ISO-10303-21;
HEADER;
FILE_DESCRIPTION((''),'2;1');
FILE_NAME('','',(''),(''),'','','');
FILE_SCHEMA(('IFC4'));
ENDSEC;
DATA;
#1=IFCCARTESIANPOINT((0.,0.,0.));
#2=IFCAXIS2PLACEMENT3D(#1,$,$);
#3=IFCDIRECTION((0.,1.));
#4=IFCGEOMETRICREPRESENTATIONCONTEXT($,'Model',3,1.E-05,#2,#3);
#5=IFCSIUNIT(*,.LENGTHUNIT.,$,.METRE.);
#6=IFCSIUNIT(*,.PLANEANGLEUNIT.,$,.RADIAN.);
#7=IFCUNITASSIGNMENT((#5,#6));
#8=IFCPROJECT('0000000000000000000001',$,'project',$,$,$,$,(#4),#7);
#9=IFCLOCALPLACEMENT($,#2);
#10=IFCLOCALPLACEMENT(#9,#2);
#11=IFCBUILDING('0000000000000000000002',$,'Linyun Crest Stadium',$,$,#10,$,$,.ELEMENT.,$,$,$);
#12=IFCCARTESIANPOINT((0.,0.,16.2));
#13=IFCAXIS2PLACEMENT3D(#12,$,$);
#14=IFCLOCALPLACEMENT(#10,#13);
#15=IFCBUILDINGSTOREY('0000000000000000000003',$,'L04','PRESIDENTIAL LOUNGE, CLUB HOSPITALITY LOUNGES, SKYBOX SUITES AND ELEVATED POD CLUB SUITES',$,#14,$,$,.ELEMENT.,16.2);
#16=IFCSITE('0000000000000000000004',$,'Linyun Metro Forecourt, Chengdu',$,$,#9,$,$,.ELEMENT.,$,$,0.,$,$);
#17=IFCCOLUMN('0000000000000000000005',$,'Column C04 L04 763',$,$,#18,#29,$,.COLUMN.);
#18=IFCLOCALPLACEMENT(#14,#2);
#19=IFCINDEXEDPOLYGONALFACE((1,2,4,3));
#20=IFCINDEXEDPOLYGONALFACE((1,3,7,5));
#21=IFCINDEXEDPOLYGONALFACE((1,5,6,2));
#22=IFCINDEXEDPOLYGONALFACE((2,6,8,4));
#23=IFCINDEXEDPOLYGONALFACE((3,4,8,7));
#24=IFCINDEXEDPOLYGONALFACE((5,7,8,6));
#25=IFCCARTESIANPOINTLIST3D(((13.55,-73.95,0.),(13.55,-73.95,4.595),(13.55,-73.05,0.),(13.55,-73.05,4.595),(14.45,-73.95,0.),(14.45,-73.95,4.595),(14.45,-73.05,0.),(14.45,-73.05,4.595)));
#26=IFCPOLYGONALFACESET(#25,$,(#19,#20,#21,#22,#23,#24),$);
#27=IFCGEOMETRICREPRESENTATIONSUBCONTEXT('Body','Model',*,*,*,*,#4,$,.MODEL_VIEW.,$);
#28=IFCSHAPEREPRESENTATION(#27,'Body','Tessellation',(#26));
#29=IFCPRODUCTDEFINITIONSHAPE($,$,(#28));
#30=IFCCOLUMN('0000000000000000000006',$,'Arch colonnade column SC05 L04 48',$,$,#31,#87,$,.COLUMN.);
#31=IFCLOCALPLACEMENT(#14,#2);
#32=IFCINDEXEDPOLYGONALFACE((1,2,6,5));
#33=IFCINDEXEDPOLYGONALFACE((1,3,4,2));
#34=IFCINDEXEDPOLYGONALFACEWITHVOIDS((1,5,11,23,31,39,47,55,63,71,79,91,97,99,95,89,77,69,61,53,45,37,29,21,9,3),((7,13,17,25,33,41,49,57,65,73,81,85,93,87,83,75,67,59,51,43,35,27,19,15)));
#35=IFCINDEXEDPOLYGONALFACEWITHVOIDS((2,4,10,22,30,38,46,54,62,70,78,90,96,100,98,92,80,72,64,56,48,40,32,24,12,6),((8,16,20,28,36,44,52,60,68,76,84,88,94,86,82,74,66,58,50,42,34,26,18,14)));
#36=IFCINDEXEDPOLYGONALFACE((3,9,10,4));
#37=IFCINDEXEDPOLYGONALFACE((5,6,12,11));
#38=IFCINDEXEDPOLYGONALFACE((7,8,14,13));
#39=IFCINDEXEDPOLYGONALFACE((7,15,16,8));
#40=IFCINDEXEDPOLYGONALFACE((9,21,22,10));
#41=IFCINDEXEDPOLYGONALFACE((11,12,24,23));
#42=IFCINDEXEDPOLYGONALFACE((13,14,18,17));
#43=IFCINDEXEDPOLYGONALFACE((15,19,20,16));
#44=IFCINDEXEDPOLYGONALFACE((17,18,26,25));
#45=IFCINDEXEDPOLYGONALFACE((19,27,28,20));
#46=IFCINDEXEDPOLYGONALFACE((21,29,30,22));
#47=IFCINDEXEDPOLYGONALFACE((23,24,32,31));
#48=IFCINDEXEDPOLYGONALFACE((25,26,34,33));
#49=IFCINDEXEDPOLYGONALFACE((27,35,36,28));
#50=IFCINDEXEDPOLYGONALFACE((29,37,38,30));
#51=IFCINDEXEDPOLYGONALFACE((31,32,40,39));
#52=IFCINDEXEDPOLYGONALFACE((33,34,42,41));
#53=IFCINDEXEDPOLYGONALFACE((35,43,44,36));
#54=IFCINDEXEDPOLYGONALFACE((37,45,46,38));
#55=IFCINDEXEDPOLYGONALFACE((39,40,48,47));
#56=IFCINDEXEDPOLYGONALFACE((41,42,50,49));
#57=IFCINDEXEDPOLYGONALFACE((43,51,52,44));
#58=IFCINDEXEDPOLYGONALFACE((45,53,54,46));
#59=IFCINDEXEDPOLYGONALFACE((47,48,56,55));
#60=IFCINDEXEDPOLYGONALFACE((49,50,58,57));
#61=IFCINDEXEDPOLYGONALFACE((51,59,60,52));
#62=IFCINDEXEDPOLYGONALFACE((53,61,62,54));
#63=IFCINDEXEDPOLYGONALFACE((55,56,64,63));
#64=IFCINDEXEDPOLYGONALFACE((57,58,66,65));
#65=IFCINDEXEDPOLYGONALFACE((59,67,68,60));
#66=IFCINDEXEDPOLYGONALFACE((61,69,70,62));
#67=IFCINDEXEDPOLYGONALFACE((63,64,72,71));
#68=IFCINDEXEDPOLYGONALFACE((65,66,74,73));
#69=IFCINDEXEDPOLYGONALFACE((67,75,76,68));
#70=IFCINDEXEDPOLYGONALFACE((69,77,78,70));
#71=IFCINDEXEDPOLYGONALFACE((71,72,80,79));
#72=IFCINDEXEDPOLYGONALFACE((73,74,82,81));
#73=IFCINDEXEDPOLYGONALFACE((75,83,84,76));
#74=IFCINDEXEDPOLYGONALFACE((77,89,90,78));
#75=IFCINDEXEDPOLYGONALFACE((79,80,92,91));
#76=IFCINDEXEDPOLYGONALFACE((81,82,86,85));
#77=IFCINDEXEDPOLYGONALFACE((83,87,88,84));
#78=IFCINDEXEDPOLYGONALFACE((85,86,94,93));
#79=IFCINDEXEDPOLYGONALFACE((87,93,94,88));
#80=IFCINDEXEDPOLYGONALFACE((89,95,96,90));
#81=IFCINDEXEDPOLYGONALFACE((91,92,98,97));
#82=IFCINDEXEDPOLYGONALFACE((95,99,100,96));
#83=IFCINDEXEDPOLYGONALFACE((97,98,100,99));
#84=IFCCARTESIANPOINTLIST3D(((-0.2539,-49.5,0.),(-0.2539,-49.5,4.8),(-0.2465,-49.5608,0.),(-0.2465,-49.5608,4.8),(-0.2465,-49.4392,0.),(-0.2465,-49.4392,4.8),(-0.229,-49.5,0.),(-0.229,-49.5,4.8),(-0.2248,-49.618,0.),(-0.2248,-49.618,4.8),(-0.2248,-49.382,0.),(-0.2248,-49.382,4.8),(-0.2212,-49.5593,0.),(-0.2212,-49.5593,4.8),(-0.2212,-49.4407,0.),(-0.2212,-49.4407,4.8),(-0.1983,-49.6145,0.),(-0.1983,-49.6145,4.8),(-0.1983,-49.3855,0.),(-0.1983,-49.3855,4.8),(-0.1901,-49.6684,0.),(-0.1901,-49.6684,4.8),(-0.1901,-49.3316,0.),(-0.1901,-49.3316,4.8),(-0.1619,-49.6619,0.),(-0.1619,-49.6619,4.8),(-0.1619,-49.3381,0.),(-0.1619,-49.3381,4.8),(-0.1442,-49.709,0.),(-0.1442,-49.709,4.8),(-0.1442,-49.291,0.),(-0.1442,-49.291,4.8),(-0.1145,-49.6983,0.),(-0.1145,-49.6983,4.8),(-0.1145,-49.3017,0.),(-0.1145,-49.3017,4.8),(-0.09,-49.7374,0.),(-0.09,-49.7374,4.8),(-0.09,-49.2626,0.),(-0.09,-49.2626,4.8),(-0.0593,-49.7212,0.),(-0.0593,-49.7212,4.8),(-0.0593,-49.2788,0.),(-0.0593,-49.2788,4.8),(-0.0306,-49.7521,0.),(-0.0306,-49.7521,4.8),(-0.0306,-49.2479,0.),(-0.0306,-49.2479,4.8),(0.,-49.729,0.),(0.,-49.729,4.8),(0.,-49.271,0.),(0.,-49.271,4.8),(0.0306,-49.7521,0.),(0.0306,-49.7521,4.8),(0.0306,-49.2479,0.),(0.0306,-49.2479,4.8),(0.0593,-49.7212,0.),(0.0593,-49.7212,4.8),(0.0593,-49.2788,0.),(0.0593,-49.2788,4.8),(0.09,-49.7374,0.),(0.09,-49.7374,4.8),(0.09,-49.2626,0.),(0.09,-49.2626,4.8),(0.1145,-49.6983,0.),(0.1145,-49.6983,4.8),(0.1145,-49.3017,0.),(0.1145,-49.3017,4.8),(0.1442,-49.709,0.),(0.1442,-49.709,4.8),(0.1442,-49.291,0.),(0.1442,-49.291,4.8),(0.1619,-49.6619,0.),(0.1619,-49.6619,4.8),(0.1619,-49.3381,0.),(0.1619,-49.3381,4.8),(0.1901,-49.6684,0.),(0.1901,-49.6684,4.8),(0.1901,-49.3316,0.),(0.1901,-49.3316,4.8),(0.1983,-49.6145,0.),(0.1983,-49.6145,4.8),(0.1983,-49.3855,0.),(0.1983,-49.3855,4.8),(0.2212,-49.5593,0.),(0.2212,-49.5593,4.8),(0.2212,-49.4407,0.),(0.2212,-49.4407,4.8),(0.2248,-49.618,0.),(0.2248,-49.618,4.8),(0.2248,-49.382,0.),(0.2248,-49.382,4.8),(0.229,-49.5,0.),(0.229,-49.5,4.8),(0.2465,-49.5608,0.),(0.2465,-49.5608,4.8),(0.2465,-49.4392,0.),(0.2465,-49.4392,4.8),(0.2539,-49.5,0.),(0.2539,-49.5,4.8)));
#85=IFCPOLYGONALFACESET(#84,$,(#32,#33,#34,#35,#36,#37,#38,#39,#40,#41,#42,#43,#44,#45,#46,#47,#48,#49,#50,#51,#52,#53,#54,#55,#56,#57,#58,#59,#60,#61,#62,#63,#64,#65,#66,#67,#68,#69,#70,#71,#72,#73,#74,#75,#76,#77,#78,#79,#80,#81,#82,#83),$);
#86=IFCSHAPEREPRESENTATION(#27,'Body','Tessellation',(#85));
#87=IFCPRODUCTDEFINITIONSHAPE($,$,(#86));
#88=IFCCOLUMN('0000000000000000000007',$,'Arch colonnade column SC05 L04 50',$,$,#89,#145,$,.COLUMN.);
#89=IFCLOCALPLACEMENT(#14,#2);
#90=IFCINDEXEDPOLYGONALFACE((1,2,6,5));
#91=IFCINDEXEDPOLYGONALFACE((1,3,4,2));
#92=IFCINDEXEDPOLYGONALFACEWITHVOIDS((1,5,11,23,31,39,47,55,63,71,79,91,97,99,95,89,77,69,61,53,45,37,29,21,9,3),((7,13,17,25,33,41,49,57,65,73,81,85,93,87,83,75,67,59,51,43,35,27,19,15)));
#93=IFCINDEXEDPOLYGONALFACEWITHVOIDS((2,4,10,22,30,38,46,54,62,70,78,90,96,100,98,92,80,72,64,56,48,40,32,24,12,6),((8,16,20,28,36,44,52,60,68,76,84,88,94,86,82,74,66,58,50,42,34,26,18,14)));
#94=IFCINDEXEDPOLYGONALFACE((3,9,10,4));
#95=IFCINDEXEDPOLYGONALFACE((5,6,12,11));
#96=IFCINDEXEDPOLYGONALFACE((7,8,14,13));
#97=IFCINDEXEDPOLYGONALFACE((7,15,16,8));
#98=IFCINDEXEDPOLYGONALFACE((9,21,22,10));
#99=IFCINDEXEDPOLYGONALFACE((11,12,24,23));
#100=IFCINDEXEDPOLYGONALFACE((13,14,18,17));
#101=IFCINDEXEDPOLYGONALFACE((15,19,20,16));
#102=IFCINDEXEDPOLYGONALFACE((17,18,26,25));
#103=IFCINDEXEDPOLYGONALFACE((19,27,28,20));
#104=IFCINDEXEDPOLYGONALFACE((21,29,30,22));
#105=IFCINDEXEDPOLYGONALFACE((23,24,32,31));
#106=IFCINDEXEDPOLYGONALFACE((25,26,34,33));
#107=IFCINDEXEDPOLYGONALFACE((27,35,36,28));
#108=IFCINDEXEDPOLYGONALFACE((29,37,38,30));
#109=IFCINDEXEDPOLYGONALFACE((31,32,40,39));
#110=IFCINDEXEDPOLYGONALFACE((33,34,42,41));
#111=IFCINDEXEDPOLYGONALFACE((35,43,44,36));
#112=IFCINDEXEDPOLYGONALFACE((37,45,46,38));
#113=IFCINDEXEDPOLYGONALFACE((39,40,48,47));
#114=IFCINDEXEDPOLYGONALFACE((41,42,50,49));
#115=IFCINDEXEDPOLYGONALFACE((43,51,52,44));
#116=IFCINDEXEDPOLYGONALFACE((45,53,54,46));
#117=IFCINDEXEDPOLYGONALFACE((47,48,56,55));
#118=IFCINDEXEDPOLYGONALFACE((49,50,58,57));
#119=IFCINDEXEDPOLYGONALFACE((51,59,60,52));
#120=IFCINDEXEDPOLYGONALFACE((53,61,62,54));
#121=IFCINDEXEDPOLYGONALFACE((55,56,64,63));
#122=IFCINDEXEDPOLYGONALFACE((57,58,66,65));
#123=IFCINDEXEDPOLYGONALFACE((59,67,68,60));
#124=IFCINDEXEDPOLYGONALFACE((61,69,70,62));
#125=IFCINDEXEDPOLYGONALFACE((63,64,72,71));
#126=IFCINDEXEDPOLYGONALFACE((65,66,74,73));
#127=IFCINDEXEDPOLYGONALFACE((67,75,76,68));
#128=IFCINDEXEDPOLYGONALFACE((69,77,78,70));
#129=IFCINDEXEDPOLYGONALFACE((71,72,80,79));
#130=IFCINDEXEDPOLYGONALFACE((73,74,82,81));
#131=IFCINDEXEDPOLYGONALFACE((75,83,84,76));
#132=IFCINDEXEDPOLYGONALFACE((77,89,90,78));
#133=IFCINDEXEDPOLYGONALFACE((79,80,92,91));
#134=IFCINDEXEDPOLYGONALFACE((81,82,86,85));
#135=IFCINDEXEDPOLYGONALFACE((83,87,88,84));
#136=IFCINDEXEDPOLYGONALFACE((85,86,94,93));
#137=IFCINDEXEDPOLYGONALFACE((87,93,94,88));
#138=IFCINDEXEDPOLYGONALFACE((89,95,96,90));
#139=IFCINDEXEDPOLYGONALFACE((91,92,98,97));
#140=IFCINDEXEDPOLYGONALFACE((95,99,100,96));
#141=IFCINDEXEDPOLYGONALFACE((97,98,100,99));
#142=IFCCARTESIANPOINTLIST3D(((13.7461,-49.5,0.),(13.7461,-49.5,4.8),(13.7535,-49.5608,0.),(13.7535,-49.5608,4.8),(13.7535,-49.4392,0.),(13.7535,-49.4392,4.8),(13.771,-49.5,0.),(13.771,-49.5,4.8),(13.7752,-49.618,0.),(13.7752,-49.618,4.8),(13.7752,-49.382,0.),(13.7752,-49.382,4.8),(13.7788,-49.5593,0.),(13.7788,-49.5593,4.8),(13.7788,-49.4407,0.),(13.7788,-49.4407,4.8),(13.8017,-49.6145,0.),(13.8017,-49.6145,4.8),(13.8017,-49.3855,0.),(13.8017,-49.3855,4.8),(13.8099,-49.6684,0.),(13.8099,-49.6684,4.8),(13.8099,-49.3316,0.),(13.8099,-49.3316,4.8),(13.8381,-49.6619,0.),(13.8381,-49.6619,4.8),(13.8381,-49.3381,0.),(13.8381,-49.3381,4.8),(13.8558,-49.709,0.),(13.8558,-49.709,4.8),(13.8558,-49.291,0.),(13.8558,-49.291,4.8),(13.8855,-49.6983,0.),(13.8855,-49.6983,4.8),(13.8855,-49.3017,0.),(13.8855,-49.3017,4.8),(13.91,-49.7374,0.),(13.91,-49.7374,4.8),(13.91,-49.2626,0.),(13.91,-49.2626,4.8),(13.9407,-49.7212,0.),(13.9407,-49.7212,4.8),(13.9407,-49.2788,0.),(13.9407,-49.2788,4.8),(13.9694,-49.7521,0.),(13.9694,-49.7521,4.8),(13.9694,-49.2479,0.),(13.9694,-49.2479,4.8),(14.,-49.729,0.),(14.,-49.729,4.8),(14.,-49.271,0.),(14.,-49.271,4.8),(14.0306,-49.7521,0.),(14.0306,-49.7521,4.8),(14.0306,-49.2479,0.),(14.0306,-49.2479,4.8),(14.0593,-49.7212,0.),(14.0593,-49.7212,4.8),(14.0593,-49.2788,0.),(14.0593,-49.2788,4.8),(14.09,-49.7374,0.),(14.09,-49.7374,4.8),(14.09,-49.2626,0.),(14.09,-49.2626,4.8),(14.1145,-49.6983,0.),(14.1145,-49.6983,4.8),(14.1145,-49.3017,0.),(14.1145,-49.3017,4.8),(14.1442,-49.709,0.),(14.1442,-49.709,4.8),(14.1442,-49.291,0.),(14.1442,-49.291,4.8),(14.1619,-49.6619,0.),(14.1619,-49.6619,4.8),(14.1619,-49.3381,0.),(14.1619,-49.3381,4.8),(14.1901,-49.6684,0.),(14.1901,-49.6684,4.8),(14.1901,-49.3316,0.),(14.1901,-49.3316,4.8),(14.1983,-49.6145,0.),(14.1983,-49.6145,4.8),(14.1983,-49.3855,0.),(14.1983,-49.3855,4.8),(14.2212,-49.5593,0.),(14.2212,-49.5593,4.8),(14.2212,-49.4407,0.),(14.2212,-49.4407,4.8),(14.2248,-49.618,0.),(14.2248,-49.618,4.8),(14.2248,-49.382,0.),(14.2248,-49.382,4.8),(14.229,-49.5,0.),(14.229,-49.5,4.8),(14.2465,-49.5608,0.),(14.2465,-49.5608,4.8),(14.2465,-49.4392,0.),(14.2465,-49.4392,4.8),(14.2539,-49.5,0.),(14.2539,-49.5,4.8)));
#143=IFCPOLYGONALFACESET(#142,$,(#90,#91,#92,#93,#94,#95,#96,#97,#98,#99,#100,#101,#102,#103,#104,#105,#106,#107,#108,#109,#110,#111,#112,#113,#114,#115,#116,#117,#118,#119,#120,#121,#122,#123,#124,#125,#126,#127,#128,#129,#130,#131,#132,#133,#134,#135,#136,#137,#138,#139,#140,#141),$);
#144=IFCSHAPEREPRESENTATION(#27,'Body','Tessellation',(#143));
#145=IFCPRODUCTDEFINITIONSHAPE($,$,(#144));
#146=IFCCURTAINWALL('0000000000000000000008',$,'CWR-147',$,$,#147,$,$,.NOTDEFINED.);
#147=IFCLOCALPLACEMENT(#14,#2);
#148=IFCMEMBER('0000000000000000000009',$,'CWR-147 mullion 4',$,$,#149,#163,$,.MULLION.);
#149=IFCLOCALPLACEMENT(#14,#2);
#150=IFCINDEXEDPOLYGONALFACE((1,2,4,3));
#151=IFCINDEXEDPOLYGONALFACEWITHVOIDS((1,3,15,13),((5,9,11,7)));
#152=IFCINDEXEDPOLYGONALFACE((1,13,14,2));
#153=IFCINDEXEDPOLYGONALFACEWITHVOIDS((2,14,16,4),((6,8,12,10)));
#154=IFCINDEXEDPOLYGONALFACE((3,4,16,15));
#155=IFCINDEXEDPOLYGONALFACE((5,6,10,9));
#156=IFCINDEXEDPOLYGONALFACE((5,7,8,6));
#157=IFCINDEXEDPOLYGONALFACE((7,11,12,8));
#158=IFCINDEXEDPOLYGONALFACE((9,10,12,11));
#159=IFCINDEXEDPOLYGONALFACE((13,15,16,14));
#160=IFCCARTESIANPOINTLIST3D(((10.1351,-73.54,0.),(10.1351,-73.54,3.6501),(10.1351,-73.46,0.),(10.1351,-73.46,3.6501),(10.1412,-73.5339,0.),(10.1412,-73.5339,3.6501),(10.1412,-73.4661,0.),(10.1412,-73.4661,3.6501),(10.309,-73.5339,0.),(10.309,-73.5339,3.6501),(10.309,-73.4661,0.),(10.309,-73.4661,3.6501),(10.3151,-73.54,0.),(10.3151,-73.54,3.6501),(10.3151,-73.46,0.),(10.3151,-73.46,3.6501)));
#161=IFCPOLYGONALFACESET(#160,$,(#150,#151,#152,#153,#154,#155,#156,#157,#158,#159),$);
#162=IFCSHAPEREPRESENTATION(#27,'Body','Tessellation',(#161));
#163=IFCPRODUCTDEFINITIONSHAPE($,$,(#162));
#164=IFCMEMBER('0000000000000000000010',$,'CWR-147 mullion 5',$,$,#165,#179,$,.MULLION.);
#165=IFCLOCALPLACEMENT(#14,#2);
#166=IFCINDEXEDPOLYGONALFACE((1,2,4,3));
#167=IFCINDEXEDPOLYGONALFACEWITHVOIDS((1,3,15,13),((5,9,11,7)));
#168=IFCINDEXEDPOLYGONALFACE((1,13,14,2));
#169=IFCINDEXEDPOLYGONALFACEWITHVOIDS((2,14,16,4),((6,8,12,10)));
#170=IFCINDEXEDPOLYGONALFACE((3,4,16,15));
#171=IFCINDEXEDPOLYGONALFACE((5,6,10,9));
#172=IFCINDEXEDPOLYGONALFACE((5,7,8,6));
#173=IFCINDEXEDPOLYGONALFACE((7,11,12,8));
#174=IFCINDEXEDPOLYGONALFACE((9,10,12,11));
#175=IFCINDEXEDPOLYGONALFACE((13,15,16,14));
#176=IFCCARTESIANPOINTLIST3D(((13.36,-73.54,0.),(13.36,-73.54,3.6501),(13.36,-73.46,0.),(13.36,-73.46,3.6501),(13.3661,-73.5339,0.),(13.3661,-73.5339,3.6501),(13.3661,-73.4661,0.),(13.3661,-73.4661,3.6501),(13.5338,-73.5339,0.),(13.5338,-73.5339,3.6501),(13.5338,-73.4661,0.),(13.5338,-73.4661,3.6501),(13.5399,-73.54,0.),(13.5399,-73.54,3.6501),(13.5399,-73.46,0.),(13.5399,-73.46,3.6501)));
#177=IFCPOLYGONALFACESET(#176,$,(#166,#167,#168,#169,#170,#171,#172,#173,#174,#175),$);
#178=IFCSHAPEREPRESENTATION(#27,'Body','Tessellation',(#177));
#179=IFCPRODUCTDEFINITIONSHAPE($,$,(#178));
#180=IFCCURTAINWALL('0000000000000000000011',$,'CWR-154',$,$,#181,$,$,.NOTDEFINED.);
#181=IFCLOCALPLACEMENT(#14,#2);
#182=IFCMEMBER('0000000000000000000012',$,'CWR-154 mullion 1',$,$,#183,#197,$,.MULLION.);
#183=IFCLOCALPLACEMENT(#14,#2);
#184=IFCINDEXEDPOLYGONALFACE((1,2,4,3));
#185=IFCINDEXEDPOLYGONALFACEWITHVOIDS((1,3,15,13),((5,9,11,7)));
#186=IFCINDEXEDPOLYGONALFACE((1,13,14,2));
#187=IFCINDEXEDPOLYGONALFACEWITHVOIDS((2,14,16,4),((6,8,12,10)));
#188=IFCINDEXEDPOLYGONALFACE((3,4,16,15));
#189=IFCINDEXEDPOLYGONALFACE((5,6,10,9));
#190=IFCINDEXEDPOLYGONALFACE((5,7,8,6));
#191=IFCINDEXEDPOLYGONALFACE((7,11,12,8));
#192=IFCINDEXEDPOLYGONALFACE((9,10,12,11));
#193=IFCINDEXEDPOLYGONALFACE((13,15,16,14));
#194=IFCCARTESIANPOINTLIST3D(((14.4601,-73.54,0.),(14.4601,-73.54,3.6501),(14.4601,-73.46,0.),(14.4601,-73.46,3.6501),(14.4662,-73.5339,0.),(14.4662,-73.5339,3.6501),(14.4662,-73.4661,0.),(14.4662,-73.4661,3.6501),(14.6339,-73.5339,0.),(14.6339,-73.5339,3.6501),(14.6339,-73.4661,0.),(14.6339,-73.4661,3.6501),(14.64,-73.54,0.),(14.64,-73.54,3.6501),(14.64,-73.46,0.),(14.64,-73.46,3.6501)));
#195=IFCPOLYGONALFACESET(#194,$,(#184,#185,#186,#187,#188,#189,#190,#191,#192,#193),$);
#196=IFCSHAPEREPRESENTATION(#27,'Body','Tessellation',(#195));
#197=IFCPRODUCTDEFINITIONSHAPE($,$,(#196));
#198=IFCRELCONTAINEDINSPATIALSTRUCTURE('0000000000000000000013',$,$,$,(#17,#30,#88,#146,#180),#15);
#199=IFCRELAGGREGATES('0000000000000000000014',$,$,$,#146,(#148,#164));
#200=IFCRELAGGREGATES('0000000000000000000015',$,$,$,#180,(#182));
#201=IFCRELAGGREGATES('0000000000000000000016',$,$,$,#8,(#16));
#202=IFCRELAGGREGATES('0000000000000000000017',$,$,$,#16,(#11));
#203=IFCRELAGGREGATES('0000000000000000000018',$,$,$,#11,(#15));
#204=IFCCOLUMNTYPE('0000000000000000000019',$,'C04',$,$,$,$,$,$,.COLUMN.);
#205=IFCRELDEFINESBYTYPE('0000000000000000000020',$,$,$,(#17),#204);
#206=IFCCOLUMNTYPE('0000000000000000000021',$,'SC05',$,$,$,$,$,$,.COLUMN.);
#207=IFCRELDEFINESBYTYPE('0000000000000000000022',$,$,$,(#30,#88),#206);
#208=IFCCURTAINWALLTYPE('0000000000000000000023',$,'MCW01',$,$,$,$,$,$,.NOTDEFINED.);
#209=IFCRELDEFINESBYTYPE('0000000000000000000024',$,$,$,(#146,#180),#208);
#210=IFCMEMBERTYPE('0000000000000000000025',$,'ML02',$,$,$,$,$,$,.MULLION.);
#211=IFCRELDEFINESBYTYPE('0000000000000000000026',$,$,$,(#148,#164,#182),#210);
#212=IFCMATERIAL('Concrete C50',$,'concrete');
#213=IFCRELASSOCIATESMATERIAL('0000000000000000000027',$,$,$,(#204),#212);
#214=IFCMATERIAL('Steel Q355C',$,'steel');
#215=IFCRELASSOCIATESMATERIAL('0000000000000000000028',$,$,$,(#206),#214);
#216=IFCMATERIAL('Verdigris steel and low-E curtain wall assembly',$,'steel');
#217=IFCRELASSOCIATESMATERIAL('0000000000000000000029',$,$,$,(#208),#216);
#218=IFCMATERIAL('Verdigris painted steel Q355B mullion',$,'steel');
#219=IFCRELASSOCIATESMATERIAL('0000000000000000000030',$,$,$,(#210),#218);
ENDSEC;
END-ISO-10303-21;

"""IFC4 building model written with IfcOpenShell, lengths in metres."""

from ifc_helpers import new_model, si_unit, direction, frame, origin, origin_2d, place, context, subcontext, project, spatial, rectangle, hollow_rectangle, hollow_circle, extrude, material, material_profile, profile_set, type_object, element, aggregate, save


model = new_model("IFC4")

# Units and contexts
model_context = context("Model", 3, precision=1e-05, world=origin(), true_north=direction((0.0, 1.0)))
body_context = subcontext(model_context, "Body", "Model", "MODEL_VIEW")
ifc_project = project(units=[si_unit("LENGTHUNIT", "METRE"), si_unit("PLANEANGLEUNIT", "RADIAN")], contexts=[model_context])

# Site, building, storey
site_placement = place(None, origin())
site = spatial("IfcSite", under=ifc_project, at=site_placement, Name="Linyun Metro Forecourt, Chengdu", CompositionType="ELEMENT", RefElevation=0.0)
building_placement = place(site_placement, origin())
building = spatial("IfcBuilding", under=site, at=building_placement, Name="Linyun Crest Stadium", CompositionType="ELEMENT")
storey_placement = place(building_placement, frame((0.0, 0.0, 16.2)))
storey = spatial("IfcBuildingStorey", under=building, at=storey_placement, Name="L04", Description="PRESIDENTIAL LOUNGE, CLUB HOSPITALITY LOUNGES, SKYBOX SUITES AND ELEVATED POD CLUB SUITES", CompositionType="ELEMENT", Elevation=16.2)

# Columns
ifc_material_1 = material(Name="Concrete C50", Category="concrete")
ifc_material_profile_1 = material_profile(ifc_material_1, rectangle(XDim=0.8999, YDim=0.8999, at=origin_2d()), Name="RC 900x900")
ifc_profile_set_1 = profile_set([ifc_material_profile_1], Name="Concrete C50")
column_type_1 = type_object("IfcColumnType", Name="C04", PredefinedType="COLUMN", material=ifc_profile_set_1)
column_placement = place(storey_placement, frame((14.0, -73.5, 0.0), z_axis=(0.0, 0.0, 1.0), x_axis=(1.0, 0.0, 0.0)))
element("IfcColumn", 1, at=column_placement, inside=storey, type_object=column_type_1, Name="Column C04 L04 763", PredefinedType="COLUMN", context=body_context, shape_type="SweptSolid", body=[
    extrude(rectangle(XDim=0.8999, YDim=0.8999, at=origin_2d()), origin(), (0.0, 0.0, 1.0), 4.595),
])
ifc_material_2 = material(Name="Steel Q355C", Category="steel")
ifc_material_profile_2 = material_profile(ifc_material_2, hollow_circle(Radius=0.2539, WallThickness=0.0249, at=origin_2d()), Name="CHS 508x25")
ifc_profile_set_2 = profile_set([ifc_material_profile_2], Name="Steel Q355C")
column_type_2 = type_object("IfcColumnType", Name="SC05", PredefinedType="COLUMN", material=ifc_profile_set_2)
for number, where, z_axis, x_axis, name in (
    (2, (0.0, -49.5, 0.0), (0.0, 0.0, 1.0), (1.0, 0.0, 0.0), "Arch colonnade column SC05 L04 48"),
    (3, (14.0, -49.5, 0.0), (0.0, 0.0, 1.0), (1.0, 0.0, 0.0), "Arch colonnade column SC05 L04 50"),
):
    element("IfcColumn", number, at=place(storey_placement, frame(where, z_axis=z_axis, x_axis=x_axis)), inside=storey, type_object=column_type_2, Name=name, PredefinedType="COLUMN", context=body_context, shape_type="SweptSolid", body=[
        extrude(hollow_circle(Radius=0.2539, WallThickness=0.0249, at=origin_2d()), origin(), (0.0, 0.0, 1.0), 4.8),
    ])

# Curtain walls, members
ifc_material_3 = material(Name="Verdigris steel and low-E curtain wall assembly", Category="steel")
curtain_wall_type = type_object("IfcCurtainWallType", Name="MCW01", PredefinedType="NOTDEFINED", material=ifc_material_3)
curtain_wall_1_placement = place(storey_placement, origin())
curtain_wall_1 = element("IfcCurtainWall", 4, at=curtain_wall_1_placement, inside=storey, type_object=curtain_wall_type, Name="CWR-147", PredefinedType="NOTDEFINED")
ifc_material_4 = material(Name="Verdigris painted steel Q355B mullion", Category="steel")
ifc_material_profile_3 = material_profile(ifc_material_4, hollow_rectangle(XDim=0.0801, YDim=0.1799, WallThickness=0.0061, at=origin_2d()), Name="RHS 180x80x6")
ifc_profile_set_3 = profile_set([ifc_material_profile_3], Name="Verdigris painted steel Q355B mullion")
member_type_1 = type_object("IfcMemberType", Name="ML02", PredefinedType="MULLION", material=ifc_profile_set_3)
member_1_placement = place(storey_placement, frame((10.2251, -73.5, 0.0), z_axis=(0.0, 0.0, 1.0), x_axis=(0.0, 1.0, 0.0)))
member_1 = element("IfcMember", 5, at=member_1_placement, type_object=member_type_1, Name="CWR-147 mullion 4", PredefinedType="MULLION", context=body_context, shape_type="SweptSolid", body=[
    extrude(hollow_rectangle(XDim=0.0801, YDim=0.1799, WallThickness=0.0061, at=origin_2d()), origin(), (0.0, 0.0, 1.0), 3.6501),
])
member_2_placement = place(storey_placement, frame((13.45, -73.5, 0.0), z_axis=(0.0, 0.0, 1.0), x_axis=(0.0, 1.0, 0.0)))
member_2 = element("IfcMember", 6, at=member_2_placement, type_object=member_type_1, Name="CWR-147 mullion 5", PredefinedType="MULLION", context=body_context, shape_type="SweptSolid", body=[
    extrude(hollow_rectangle(XDim=0.0801, YDim=0.1799, WallThickness=0.0061, at=origin_2d()), origin(), (0.0, 0.0, 1.0), 3.6501),
])
curtain_wall_2_placement = place(storey_placement, origin())
curtain_wall_2 = element("IfcCurtainWall", 7, at=curtain_wall_2_placement, inside=storey, type_object=curtain_wall_type, Name="CWR-154", PredefinedType="NOTDEFINED")
member_3_placement = place(storey_placement, frame((14.55, -73.5, 0.0), z_axis=(0.0, 0.0, 1.0), x_axis=(0.0, 1.0, 0.0)))
member_3 = element("IfcMember", 8, at=member_3_placement, type_object=member_type_1, Name="CWR-154 mullion 1", PredefinedType="MULLION", context=body_context, shape_type="SweptSolid", body=[
    extrude(hollow_rectangle(XDim=0.0801, YDim=0.1799, WallThickness=0.0061, at=origin_2d()), origin(), (0.0, 0.0, 1.0), 3.6501),
])

aggregate(curtain_wall_1, [member_1, member_2])
aggregate(curtain_wall_2, [member_3])

save(model, "model.ifc")
